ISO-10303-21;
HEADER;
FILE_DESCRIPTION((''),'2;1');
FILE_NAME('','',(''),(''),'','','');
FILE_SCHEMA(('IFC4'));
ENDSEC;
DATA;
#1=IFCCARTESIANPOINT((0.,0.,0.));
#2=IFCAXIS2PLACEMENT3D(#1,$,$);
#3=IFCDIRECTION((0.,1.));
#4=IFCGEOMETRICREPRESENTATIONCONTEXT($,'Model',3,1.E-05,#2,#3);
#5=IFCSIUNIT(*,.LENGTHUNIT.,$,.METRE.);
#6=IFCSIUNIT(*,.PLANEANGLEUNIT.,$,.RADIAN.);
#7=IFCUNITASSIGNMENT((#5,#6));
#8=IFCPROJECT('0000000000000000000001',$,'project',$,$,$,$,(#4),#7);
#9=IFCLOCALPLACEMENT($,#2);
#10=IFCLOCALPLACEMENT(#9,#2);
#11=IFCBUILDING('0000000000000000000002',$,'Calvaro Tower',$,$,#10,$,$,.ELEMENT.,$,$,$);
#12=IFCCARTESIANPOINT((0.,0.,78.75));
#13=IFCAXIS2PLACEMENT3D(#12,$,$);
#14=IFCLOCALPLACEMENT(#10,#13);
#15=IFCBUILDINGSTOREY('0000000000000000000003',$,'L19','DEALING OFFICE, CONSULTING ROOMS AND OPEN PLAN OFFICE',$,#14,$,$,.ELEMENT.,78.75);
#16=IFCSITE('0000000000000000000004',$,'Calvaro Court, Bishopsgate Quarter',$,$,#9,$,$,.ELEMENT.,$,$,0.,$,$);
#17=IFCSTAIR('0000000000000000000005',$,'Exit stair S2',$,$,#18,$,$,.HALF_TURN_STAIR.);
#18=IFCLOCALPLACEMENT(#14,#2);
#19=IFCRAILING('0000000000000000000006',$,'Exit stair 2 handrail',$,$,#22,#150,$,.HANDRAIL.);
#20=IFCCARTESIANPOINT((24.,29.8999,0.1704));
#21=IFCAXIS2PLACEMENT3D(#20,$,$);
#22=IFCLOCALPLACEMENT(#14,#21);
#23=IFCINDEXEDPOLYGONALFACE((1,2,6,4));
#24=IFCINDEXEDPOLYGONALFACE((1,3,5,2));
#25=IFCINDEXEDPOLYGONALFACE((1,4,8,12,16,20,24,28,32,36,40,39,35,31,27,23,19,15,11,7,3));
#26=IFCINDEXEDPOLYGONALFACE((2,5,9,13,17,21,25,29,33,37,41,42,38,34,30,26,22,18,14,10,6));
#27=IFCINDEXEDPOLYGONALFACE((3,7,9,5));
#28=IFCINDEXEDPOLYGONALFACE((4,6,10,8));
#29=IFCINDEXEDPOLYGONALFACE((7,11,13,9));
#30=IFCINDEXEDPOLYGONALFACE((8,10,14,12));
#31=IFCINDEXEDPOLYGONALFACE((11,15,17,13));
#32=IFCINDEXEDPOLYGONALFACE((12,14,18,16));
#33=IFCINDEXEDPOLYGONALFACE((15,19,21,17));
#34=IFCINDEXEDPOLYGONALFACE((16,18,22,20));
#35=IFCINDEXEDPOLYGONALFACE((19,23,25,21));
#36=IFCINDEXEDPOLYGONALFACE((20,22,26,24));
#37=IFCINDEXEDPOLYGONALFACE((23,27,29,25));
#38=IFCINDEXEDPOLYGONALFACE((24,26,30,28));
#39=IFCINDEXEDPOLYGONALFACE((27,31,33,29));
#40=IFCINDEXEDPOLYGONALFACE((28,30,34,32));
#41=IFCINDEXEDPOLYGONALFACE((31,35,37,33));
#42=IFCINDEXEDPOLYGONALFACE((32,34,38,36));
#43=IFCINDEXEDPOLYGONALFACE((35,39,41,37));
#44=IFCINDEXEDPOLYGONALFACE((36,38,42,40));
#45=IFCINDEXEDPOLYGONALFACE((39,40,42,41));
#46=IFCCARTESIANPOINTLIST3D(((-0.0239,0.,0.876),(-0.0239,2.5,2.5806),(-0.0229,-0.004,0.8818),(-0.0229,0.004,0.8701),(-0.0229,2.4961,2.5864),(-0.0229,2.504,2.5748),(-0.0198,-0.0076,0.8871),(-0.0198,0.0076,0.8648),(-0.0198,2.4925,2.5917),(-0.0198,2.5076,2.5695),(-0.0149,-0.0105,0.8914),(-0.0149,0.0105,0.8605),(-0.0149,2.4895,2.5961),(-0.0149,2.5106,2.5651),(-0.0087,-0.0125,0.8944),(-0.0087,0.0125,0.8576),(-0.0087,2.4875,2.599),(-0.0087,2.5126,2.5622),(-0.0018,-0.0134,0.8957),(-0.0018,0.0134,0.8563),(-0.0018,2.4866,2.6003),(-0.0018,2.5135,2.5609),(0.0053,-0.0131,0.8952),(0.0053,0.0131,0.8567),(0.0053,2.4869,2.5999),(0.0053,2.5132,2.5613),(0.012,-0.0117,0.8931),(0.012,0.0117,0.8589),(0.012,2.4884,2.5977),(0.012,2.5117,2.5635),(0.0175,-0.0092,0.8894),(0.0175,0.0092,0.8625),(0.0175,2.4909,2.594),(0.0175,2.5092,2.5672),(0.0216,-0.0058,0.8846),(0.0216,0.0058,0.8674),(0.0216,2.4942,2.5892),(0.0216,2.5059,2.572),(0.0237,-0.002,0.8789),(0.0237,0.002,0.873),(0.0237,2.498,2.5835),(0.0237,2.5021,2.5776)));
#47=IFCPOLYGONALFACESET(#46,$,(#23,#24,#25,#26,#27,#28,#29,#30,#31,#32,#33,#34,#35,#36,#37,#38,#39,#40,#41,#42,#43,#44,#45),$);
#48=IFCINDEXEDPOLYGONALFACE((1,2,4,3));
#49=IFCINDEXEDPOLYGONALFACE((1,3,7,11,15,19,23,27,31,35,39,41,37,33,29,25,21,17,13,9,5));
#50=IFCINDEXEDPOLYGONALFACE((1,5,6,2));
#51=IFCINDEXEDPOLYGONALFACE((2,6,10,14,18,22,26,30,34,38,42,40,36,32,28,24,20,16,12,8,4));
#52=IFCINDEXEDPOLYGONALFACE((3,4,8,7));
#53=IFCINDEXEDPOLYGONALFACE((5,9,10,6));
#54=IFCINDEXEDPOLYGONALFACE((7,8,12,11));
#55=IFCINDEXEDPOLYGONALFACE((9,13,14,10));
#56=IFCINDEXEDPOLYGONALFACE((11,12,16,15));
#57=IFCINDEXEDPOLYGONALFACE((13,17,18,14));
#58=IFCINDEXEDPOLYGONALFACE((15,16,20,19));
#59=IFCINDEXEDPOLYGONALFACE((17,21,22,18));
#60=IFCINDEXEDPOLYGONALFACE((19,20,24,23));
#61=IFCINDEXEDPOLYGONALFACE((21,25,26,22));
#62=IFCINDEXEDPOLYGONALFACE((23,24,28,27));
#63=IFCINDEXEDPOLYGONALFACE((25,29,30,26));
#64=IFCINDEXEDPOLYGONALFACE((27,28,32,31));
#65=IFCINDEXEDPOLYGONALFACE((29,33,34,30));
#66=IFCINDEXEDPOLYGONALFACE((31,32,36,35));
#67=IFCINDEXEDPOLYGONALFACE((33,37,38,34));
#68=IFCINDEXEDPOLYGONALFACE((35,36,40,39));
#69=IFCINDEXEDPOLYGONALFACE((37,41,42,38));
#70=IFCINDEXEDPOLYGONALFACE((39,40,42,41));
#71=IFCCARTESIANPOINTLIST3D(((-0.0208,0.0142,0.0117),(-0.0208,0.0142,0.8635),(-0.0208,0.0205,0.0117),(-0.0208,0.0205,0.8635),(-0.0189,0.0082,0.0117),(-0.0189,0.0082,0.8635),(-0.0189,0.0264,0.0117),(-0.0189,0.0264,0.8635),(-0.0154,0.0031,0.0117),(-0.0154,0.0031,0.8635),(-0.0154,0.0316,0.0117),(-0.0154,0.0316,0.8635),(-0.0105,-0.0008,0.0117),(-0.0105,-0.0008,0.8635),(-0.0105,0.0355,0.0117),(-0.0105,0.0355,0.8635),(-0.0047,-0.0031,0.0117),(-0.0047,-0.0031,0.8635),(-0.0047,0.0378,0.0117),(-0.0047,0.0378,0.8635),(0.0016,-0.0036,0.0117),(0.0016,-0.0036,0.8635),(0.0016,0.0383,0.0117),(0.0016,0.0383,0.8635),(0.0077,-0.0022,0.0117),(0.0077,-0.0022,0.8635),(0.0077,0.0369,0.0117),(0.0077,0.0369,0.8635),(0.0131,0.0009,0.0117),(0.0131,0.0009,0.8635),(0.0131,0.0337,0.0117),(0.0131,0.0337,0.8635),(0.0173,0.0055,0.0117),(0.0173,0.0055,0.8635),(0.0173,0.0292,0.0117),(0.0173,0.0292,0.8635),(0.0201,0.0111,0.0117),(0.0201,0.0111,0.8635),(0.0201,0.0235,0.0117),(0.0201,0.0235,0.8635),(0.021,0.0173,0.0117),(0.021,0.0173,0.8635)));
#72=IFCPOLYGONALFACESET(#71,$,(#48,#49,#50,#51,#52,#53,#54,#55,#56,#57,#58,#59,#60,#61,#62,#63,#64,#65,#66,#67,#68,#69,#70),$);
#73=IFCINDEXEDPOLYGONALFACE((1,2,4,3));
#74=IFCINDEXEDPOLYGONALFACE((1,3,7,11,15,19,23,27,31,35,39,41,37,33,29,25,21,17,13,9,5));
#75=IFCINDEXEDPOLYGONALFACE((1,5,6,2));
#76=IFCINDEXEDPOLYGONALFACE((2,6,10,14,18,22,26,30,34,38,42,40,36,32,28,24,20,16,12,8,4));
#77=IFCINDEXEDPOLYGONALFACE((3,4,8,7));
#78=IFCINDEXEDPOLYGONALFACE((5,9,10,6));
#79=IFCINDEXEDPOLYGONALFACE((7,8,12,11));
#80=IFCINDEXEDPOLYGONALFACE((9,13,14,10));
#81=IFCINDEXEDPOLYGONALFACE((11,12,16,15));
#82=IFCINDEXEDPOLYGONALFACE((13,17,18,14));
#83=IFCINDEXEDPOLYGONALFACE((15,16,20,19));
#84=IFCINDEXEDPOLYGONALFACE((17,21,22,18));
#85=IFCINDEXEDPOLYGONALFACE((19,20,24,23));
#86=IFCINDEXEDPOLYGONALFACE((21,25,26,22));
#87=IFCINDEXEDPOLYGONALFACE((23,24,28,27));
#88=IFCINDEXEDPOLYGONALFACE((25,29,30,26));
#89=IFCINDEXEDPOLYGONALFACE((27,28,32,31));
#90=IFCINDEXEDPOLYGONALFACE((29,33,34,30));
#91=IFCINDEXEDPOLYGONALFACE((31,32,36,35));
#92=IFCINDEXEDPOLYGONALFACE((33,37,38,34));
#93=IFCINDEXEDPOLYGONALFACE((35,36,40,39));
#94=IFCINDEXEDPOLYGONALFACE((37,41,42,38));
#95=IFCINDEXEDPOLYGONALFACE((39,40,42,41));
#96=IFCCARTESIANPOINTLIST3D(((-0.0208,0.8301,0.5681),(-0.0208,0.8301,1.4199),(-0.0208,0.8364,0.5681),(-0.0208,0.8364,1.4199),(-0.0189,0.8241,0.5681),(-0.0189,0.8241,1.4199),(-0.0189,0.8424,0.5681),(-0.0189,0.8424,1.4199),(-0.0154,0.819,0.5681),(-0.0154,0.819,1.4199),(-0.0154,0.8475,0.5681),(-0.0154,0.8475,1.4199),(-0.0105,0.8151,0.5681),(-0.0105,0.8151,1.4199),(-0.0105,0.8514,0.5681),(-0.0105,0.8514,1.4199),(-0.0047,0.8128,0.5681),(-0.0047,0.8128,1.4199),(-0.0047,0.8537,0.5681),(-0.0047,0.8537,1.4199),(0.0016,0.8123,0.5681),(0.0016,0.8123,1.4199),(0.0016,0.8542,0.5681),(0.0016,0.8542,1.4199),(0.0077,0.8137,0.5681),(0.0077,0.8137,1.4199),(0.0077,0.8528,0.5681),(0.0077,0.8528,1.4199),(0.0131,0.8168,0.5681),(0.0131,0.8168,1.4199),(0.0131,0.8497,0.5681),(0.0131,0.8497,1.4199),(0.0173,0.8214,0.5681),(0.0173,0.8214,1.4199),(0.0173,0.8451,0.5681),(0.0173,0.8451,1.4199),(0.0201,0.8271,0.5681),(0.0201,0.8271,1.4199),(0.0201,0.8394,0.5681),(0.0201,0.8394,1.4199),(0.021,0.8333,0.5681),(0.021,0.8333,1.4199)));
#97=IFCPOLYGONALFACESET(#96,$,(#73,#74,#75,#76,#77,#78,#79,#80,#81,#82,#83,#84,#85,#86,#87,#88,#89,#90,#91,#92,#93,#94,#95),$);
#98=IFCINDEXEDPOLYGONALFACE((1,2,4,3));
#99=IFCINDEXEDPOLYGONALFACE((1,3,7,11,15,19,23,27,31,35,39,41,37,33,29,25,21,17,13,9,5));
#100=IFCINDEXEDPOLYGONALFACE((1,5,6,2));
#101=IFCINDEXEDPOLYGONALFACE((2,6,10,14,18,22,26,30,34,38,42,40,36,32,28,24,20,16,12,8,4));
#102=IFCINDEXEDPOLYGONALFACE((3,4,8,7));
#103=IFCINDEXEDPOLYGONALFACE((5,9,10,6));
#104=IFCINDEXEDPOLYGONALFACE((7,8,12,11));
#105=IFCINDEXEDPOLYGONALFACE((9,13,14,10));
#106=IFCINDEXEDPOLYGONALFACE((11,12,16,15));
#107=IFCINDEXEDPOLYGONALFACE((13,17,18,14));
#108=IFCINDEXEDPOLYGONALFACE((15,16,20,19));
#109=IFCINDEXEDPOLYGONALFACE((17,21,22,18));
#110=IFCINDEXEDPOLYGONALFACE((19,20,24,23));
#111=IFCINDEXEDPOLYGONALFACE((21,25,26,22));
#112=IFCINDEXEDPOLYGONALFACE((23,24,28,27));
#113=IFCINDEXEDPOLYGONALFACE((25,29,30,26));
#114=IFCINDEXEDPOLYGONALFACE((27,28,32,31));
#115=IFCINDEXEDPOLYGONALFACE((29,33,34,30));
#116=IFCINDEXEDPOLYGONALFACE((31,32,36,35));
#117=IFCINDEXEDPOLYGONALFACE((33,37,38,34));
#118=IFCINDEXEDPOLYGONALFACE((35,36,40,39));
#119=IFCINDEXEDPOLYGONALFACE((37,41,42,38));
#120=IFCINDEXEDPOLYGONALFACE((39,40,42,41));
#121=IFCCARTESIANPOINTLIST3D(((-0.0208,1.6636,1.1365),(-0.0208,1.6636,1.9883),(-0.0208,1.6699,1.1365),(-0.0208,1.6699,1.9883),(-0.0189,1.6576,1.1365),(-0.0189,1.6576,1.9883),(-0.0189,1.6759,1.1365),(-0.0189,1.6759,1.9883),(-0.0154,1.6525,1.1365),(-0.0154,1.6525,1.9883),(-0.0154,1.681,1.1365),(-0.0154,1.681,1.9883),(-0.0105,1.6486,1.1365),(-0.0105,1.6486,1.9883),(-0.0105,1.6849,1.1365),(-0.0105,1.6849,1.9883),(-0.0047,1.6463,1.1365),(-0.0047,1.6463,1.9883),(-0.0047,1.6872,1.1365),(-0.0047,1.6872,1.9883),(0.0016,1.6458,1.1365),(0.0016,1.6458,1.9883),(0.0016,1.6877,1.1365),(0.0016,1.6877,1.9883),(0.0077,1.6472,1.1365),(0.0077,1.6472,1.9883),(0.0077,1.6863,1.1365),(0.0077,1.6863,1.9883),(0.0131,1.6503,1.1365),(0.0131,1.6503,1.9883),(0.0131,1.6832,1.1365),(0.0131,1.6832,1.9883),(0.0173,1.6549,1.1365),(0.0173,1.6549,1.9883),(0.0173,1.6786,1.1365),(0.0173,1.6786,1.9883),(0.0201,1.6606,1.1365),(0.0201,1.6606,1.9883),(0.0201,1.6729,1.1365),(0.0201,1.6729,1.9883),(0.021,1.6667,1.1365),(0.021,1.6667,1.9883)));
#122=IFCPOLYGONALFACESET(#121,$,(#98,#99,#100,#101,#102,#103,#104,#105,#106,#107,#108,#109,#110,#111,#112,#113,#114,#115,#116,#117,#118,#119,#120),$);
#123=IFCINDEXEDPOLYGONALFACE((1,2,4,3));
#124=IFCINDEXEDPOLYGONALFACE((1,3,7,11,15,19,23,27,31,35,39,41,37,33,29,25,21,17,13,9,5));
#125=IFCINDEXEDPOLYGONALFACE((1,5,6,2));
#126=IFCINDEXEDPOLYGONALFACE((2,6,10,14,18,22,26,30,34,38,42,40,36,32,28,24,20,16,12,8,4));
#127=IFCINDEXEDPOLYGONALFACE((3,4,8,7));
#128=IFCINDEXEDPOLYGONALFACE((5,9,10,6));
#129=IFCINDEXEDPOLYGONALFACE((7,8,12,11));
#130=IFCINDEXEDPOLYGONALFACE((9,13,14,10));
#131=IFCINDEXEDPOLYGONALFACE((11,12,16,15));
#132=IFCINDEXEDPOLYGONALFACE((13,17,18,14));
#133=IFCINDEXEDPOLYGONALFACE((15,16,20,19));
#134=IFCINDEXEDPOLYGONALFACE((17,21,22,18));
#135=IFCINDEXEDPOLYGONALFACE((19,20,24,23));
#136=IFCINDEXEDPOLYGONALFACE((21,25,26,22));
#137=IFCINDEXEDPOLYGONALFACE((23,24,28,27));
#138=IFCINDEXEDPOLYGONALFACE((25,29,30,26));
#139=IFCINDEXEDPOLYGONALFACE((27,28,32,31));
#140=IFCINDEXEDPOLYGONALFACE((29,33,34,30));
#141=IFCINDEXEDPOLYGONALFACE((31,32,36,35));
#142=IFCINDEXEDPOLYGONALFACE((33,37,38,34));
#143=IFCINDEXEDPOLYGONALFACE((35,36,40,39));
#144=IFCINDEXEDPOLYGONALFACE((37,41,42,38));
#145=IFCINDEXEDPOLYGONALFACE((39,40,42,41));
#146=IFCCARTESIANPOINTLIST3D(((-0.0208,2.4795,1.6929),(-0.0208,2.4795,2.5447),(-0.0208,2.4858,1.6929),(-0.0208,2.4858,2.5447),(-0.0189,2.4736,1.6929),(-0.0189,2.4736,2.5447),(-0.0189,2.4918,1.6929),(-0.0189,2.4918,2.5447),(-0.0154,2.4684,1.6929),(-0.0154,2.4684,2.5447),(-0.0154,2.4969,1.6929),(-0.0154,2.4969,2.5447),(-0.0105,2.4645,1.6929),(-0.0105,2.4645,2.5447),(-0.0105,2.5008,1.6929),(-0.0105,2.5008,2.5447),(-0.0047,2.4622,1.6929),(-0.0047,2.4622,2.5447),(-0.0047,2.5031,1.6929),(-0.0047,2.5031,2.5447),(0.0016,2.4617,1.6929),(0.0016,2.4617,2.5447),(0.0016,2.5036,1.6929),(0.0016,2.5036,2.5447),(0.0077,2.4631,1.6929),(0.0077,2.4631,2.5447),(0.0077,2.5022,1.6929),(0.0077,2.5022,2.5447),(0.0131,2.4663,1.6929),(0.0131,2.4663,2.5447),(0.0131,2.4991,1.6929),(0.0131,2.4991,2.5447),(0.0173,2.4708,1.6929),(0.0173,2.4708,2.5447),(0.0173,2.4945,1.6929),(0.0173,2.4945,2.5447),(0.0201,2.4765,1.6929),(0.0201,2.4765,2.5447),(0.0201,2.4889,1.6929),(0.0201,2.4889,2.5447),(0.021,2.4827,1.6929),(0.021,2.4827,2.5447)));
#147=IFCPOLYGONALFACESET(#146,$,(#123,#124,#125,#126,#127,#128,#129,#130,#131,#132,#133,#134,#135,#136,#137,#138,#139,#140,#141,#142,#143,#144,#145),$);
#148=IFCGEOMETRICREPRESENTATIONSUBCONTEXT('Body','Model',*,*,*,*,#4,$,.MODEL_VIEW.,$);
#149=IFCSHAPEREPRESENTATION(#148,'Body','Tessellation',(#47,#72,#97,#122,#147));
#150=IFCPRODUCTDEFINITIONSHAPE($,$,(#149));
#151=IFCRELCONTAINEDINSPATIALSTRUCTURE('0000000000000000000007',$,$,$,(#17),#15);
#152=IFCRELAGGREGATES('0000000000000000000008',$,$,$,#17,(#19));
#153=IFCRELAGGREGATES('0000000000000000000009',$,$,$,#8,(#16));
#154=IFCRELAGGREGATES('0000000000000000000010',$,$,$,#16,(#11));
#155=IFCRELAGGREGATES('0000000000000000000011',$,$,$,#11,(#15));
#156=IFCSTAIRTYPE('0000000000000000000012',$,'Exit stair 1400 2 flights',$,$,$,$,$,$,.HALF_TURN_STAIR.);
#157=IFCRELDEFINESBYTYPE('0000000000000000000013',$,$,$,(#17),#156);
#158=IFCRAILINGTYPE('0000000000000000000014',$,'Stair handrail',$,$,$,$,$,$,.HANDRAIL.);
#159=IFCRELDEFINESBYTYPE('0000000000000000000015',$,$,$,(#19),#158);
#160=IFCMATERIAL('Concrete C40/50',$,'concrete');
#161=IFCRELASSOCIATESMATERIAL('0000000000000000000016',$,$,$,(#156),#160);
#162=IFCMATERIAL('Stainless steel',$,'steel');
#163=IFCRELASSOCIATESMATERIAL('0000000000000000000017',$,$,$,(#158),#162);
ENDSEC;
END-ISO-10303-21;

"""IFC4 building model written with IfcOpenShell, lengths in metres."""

from ifc_helpers import new_model, si_unit, direction, frame, origin, origin_2d, place, context, subcontext, project, spatial, circle, extrude, material, type_object, element, aggregate, save


model = new_model("IFC4")

# Units and contexts
model_context = context("Model", 3, precision=1e-05, world=origin(), true_north=direction((0.0, 1.0)))
body_context = subcontext(model_context, "Body", "Model", "MODEL_VIEW")
ifc_project = project(units=[si_unit("LENGTHUNIT", "METRE"), si_unit("PLANEANGLEUNIT", "RADIAN")], contexts=[model_context])

# Site, building, storey
site_placement = place(None, origin())
site = spatial("IfcSite", under=ifc_project, at=site_placement, Name="Calvaro Court, Bishopsgate Quarter", CompositionType="ELEMENT", RefElevation=0.0)
building_placement = place(site_placement, origin())
building = spatial("IfcBuilding", under=site, at=building_placement, Name="Calvaro Tower", CompositionType="ELEMENT")
storey_placement = place(building_placement, frame((0.0, 0.0, 78.75)))
storey = spatial("IfcBuildingStorey", under=building, at=storey_placement, Name="L19", Description="DEALING OFFICE, CONSULTING ROOMS AND OPEN PLAN OFFICE", CompositionType="ELEMENT", Elevation=78.75)

# Stair, railing
ifc_material_1 = material(Name="Concrete C40/50", Category="concrete")
stair_type = type_object("IfcStairType", Name="Exit stair 1400 2 flights", PredefinedType="HALF_TURN_STAIR", material=ifc_material_1)
stair_placement = place(storey_placement, origin())
stair = element("IfcStair", 1, at=stair_placement, inside=storey, type_object=stair_type, Name="Exit stair S2", PredefinedType="HALF_TURN_STAIR")
ifc_material_2 = material(Name="Stainless steel", Category="steel")
railing_type = type_object("IfcRailingType", Name="Stair handrail", PredefinedType="HANDRAIL", material=ifc_material_2)
railing_1_placement = place(storey_placement, frame((24.0, 29.8999, 0.1704)))
railing_1 = element("IfcRailing", 2, at=railing_1_placement, type_object=railing_type, Name="Exit stair 2 handrail", PredefinedType="HANDRAIL", context=body_context, shape_type="SweptSolid", body=[
    extrude(circle(Radius=0.0239, at=origin_2d()), frame((0.0, 0.0, 0.876), z_axis=(0.0, 0.826221, 0.563347), x_axis=(-1.0, 0.0, 0.0)), (0.0, 0.0, 1.0), 3.0259),
    extrude(circle(Radius=0.021, at=origin_2d()), frame((0.0, 0.0173, 0.0117)), (0.0, 0.0, 1.0), 0.8518),
    extrude(circle(Radius=0.021, at=origin_2d()), frame((0.0, 0.8333, 0.5681)), (0.0, 0.0, 1.0), 0.8518),
    extrude(circle(Radius=0.021, at=origin_2d()), frame((0.0, 1.6667, 1.1365)), (0.0, 0.0, 1.0), 0.8518),
    extrude(circle(Radius=0.021, at=origin_2d()), frame((0.0, 2.4827, 1.6929)), (0.0, 0.0, 1.0), 0.8518),
])
aggregate(stair, [railing_1])

save(model, "model.ifc")
